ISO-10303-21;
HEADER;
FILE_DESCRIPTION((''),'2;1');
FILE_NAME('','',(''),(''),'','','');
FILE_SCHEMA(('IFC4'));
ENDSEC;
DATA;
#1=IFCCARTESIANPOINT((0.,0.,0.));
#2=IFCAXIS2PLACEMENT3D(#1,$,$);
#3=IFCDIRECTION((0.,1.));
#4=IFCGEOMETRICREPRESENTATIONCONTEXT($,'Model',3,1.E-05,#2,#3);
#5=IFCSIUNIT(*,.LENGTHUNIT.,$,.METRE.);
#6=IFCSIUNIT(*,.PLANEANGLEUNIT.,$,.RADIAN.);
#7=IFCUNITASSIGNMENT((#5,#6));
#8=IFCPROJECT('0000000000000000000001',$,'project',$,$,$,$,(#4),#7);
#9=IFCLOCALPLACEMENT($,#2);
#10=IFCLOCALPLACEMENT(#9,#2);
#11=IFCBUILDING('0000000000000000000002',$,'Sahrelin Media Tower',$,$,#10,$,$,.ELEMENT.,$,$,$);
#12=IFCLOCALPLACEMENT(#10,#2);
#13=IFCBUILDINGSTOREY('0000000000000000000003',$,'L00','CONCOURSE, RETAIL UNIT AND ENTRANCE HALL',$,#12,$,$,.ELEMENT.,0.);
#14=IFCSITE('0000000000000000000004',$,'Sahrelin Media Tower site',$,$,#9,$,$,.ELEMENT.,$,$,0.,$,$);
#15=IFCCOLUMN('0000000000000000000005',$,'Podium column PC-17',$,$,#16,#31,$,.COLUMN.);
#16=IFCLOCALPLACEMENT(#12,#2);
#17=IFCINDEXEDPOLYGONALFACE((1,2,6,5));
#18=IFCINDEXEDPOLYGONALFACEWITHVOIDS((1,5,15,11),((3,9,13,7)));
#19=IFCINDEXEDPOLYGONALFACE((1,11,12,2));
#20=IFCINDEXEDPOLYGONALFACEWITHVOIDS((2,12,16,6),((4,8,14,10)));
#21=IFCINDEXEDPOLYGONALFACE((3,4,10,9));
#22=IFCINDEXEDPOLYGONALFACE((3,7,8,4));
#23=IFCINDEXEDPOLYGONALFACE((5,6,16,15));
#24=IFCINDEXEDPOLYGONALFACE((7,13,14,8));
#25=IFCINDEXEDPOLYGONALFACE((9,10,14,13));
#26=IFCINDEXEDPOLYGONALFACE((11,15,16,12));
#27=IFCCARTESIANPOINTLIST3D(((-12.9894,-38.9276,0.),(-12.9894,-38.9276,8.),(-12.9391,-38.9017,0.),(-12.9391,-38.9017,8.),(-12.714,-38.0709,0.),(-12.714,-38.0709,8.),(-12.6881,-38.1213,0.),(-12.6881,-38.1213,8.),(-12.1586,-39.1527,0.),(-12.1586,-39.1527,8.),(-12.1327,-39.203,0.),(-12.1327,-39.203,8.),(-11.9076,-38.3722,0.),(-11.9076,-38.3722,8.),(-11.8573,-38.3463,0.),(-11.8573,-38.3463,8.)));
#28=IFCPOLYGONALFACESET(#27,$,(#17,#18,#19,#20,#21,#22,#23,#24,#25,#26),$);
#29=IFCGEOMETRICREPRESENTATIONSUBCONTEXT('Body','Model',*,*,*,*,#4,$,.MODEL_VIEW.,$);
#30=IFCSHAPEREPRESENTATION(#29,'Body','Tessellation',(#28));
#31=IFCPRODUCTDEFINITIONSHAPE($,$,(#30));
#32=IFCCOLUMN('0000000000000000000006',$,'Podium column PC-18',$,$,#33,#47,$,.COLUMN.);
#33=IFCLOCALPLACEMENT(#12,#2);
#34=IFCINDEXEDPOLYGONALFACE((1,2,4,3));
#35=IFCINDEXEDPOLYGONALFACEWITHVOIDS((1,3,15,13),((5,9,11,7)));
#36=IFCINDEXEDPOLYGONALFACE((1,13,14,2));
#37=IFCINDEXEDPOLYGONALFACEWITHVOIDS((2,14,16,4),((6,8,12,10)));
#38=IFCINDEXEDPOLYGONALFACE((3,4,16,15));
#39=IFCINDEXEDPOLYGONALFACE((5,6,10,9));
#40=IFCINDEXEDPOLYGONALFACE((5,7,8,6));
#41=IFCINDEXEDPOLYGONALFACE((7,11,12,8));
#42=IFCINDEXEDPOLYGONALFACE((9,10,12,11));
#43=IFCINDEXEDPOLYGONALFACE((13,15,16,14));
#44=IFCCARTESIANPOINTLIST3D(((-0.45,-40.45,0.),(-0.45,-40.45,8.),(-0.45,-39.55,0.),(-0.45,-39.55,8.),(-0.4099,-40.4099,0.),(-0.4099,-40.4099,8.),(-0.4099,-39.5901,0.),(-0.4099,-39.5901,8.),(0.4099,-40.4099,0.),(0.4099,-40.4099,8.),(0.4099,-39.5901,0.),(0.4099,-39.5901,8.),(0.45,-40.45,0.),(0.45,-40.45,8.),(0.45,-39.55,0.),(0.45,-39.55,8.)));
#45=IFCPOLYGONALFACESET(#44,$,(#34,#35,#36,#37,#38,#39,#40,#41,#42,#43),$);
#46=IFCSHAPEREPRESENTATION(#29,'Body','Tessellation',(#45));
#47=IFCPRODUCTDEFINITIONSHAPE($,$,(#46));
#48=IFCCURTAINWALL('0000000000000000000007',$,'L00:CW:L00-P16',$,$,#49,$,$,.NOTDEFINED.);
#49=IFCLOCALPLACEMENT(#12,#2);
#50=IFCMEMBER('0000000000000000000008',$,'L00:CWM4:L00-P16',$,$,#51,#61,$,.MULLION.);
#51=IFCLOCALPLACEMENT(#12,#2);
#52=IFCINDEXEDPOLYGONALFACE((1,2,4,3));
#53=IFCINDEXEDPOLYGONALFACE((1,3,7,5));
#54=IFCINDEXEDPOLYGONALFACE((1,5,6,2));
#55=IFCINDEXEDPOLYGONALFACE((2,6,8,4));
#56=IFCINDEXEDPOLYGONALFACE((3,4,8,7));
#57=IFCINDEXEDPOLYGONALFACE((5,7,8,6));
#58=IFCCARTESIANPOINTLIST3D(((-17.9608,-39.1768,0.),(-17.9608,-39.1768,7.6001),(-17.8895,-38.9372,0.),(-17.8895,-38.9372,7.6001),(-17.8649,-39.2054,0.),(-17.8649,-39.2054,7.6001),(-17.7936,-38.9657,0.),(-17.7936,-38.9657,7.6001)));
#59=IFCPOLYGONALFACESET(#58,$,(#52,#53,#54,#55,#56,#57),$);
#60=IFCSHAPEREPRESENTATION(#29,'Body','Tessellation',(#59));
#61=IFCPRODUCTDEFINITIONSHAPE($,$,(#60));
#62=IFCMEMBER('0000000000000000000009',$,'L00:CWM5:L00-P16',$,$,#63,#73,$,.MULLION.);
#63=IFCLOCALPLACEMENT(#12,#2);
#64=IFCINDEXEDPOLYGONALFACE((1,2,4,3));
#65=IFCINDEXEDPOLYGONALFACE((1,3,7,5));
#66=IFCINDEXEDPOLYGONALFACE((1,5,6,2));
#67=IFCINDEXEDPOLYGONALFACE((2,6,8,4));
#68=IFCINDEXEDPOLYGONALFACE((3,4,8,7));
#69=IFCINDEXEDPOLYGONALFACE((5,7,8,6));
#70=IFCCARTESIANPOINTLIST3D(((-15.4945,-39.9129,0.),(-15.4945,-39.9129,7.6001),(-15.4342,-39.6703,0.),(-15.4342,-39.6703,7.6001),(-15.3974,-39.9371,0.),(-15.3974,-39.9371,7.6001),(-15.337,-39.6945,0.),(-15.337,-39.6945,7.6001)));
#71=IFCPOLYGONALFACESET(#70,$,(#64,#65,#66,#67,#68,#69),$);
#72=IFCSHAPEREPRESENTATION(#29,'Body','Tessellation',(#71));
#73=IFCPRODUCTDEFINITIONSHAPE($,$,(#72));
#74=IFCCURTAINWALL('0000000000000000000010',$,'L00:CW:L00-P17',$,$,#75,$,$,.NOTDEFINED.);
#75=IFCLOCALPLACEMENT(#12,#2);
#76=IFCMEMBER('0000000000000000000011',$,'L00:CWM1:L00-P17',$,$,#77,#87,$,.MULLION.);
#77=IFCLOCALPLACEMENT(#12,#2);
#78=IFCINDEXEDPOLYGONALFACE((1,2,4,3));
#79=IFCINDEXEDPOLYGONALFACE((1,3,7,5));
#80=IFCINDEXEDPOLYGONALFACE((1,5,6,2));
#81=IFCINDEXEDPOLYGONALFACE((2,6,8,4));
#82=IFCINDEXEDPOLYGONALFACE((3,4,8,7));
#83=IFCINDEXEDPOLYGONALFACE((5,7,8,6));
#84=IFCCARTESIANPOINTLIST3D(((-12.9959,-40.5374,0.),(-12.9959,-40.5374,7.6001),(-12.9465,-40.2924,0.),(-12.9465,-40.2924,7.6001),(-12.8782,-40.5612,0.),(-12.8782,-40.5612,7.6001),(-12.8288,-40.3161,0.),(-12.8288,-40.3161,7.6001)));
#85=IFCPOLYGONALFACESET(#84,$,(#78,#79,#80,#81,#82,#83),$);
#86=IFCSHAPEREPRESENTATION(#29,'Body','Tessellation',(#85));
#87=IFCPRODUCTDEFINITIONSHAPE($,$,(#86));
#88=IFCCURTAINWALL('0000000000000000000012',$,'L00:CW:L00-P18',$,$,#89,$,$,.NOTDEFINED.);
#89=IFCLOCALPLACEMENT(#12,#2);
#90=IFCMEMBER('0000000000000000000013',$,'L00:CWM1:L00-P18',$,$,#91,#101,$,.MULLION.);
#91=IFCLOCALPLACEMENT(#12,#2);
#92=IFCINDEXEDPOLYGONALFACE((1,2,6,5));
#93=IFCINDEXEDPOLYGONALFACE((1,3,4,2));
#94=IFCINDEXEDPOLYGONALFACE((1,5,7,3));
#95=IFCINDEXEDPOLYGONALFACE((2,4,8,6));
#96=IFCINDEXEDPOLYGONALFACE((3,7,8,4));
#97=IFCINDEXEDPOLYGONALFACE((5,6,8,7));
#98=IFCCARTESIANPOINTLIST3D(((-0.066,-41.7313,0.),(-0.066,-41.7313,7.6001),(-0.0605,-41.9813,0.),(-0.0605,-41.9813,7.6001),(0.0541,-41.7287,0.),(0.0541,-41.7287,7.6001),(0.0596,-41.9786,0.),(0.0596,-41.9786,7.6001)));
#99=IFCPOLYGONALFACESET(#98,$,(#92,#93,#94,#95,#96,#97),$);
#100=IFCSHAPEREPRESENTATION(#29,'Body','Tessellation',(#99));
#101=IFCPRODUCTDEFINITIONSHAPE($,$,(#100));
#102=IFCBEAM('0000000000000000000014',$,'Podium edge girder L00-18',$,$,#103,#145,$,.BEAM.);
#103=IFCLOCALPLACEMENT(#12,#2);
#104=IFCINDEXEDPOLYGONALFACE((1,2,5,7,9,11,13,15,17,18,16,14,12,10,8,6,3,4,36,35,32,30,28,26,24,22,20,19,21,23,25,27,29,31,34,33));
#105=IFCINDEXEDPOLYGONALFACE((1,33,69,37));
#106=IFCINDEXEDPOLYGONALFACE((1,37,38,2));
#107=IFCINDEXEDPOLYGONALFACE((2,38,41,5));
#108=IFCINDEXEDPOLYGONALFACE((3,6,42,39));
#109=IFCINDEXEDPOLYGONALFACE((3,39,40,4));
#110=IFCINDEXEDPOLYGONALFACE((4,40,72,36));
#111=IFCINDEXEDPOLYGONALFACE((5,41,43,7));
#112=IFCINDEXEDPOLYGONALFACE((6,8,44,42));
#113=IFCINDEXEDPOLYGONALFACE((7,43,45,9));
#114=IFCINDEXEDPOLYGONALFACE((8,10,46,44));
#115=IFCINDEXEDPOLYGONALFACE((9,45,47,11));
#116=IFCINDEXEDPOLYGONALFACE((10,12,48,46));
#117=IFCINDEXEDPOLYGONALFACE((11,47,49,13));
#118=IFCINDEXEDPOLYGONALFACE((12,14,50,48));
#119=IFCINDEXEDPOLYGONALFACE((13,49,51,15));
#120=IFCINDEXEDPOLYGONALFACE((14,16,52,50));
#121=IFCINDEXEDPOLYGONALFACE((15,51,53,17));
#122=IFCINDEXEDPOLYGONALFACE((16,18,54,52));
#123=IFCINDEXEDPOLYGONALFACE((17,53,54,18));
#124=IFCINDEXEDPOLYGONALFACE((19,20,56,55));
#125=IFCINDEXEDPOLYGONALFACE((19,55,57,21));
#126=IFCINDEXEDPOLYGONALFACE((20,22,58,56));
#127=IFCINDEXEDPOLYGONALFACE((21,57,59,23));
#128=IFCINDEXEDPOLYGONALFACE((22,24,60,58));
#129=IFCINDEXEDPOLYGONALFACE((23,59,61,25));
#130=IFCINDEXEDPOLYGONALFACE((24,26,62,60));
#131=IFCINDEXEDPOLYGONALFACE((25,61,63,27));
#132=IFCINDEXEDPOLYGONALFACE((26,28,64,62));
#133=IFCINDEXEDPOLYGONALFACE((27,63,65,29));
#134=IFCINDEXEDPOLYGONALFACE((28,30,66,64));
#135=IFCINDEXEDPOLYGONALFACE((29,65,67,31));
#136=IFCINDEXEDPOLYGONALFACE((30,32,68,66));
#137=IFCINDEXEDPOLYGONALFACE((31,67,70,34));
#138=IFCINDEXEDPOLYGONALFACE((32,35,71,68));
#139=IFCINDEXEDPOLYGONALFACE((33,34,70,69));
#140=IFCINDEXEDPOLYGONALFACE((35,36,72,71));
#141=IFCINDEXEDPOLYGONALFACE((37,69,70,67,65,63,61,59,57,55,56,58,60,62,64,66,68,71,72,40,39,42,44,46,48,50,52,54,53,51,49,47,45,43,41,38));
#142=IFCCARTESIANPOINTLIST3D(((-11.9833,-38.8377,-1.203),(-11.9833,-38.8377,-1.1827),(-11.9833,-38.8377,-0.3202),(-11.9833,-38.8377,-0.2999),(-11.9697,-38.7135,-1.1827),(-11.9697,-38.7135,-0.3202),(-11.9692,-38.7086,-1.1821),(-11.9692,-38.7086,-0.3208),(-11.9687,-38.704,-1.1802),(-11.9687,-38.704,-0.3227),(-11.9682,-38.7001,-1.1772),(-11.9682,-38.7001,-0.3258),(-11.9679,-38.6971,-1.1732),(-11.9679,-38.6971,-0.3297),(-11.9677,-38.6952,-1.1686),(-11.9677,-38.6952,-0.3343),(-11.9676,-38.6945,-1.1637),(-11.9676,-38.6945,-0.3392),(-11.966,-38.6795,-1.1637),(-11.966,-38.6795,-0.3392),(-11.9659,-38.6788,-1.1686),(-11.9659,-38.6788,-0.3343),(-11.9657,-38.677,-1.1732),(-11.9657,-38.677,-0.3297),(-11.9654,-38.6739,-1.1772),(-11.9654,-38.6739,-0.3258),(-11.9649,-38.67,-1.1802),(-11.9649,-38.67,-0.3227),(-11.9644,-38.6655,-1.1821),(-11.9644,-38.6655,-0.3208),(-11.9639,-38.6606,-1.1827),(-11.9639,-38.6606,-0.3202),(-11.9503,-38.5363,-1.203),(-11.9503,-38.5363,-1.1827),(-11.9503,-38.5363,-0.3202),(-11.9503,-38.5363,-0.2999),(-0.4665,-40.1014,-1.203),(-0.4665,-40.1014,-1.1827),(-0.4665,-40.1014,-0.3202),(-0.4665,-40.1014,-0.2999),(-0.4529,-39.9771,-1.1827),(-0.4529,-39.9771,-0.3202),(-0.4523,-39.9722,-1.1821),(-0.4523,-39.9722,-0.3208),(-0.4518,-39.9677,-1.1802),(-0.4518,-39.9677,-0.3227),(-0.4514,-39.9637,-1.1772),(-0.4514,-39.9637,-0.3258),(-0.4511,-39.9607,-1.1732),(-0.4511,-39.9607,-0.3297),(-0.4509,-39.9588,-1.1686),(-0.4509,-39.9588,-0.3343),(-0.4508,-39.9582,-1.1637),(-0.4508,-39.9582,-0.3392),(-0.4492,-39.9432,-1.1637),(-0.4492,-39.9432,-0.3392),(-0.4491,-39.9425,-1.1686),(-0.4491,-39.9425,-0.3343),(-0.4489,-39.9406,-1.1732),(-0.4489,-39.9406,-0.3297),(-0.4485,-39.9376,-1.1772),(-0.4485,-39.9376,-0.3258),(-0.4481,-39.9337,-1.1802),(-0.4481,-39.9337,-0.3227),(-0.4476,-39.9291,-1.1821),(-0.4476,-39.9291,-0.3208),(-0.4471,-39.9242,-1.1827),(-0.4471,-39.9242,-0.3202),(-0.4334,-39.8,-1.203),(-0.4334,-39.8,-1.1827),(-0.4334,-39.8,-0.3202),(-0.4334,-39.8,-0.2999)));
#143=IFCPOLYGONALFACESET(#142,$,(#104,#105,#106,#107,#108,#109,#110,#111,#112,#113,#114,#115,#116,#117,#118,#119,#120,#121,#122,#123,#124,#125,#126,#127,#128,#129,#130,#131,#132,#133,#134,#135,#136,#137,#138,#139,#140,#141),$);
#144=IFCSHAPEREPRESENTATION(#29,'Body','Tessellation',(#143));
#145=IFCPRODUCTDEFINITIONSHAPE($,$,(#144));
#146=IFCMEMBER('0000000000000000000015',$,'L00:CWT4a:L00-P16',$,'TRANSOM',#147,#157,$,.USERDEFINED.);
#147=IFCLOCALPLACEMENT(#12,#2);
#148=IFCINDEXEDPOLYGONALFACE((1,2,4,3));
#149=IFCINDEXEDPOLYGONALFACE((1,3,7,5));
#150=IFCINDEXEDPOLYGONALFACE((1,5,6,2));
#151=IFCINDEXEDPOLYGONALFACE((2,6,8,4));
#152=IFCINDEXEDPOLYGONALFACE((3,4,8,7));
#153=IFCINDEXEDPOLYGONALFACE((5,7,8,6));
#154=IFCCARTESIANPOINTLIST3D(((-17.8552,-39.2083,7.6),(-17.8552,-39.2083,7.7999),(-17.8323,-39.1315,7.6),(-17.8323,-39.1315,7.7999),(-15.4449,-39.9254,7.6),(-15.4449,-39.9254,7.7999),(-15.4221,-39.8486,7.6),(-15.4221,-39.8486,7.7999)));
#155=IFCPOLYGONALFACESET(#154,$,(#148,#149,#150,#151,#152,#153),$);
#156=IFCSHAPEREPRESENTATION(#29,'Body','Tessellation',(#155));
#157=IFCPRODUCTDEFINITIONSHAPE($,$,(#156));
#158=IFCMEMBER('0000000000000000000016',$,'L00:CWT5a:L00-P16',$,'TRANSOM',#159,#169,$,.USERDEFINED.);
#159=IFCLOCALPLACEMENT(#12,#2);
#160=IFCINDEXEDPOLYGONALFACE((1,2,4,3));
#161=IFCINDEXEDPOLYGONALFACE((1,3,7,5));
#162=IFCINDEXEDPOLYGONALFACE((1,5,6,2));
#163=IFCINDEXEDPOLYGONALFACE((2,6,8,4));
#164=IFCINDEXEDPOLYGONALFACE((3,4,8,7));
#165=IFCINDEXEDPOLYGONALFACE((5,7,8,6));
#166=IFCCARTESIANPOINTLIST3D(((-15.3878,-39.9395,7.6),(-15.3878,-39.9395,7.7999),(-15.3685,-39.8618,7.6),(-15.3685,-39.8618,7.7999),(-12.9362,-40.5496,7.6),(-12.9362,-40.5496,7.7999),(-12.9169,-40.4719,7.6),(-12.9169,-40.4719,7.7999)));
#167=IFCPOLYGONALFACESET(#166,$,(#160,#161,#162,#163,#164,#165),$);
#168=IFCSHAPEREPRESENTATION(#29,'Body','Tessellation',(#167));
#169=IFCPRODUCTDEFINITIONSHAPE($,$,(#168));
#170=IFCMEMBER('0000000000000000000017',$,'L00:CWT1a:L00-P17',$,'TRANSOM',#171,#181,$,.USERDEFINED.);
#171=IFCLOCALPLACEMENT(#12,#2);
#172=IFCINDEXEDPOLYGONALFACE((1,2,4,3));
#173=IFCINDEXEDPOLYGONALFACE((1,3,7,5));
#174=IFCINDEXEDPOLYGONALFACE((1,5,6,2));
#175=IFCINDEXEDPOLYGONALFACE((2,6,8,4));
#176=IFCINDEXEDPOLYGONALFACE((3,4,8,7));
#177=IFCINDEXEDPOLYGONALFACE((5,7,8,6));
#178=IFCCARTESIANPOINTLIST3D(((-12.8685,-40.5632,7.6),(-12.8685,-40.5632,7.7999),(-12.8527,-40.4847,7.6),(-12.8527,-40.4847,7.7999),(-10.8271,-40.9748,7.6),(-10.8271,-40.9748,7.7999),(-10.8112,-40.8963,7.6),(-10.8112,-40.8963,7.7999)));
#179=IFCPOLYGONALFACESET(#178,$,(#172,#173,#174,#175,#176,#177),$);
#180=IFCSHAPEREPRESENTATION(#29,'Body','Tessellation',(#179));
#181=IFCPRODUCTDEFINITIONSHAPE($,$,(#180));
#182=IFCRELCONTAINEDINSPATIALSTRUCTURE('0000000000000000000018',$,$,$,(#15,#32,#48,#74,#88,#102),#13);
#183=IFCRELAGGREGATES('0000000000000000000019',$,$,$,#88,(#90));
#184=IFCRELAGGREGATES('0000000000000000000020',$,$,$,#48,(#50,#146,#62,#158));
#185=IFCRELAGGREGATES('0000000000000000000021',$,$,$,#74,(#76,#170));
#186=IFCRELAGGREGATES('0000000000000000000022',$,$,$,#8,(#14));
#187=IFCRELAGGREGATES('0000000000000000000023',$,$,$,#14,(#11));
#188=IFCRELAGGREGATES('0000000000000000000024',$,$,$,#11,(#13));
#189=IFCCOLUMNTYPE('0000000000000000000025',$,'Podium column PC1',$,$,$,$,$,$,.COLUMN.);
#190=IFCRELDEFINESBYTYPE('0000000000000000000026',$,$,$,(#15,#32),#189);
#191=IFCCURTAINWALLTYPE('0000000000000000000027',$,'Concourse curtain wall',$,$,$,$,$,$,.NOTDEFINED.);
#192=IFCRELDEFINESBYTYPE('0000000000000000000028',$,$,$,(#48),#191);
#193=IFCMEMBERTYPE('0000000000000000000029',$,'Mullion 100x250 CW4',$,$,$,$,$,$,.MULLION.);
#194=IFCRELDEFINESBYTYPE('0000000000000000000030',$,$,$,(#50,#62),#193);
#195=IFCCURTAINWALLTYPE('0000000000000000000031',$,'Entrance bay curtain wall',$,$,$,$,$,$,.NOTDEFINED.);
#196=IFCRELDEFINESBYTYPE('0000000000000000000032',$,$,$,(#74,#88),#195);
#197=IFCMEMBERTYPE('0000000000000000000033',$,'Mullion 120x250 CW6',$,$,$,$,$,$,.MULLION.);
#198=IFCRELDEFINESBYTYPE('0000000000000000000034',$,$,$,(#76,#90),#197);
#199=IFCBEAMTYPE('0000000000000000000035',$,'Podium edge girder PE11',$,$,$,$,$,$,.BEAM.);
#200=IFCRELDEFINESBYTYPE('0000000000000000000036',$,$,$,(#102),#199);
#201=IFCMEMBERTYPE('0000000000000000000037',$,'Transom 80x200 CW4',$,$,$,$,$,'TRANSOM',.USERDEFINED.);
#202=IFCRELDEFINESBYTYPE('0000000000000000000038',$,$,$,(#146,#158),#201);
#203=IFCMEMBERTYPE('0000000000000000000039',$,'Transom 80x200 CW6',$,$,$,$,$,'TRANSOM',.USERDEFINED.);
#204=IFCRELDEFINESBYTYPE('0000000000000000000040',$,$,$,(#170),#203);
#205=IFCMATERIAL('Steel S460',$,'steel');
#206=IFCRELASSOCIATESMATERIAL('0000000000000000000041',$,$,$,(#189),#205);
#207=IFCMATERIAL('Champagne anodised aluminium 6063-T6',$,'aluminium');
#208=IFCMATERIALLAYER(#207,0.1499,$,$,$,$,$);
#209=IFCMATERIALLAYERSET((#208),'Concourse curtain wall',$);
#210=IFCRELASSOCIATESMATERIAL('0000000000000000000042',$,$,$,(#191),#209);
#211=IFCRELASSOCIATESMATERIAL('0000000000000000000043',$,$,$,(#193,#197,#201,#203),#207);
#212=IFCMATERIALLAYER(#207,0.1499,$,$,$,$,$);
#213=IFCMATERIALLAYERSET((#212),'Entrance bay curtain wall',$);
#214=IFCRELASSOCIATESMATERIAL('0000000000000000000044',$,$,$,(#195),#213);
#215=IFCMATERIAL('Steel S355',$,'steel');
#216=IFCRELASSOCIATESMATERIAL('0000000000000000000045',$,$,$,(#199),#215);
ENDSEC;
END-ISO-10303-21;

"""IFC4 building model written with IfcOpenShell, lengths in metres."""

from ifc_helpers import new_model, si_unit, direction, frame, origin, origin_2d, place, context, subcontext, project, spatial, rectangle, hollow_rectangle, i_section, extrude, material, layer, layer_set, material_profile, profile_set, type_object, element, aggregate, save


model = new_model("IFC4")

# Units and contexts
model_context = context("Model", 3, precision=1e-05, world=origin(), true_north=direction((0.0, 1.0)))
body_context = subcontext(model_context, "Body", "Model", "MODEL_VIEW")
ifc_project = project(units=[si_unit("LENGTHUNIT", "METRE"), si_unit("PLANEANGLEUNIT", "RADIAN")], contexts=[model_context])

# Site, building, storey
site_placement = place(None, origin())
site = spatial("IfcSite", under=ifc_project, at=site_placement, Name="Sahrelin Media Tower site", CompositionType="ELEMENT", RefElevation=0.0)
building_placement = place(site_placement, origin())
building = spatial("IfcBuilding", under=site, at=building_placement, Name="Sahrelin Media Tower", CompositionType="ELEMENT")
storey_placement = place(building_placement, origin())
storey = spatial("IfcBuildingStorey", under=building, at=storey_placement, Name="L00", Description="CONCOURSE, RETAIL UNIT AND ENTRANCE HALL", CompositionType="ELEMENT", Elevation=0.0)

# Columns
ifc_material_1 = material(Name="Steel S460", Category="steel")
ifc_material_profile_1 = material_profile(ifc_material_1, hollow_rectangle(XDim=0.8999, YDim=0.8999, WallThickness=0.04, at=origin_2d()), Name="Podium column PC1")
ifc_profile_set_1 = profile_set([ifc_material_profile_1], Name="Steel S460")
column_type = type_object("IfcColumnType", Name="Podium column PC1", PredefinedType="COLUMN", material=ifc_profile_set_1)
for number, where, z_axis, x_axis, name in (
    (1, (-12.4233, -38.637, 0.0), (0.0, 0.0, 1.0), (-0.306104, -0.951998, 0.0), "Podium column PC-17"),
    (2, (0.0, -40.0, 0.0), (0.0, 0.0, 1.0), (0.0, -1.0, 0.0), "Podium column PC-18"),
):
    element("IfcColumn", number, at=place(storey_placement, frame(where, z_axis=z_axis, x_axis=x_axis)), inside=storey, type_object=column_type, Name=name, PredefinedType="COLUMN", context=body_context, shape_type="SweptSolid", body=[
        extrude(hollow_rectangle(XDim=0.8999, YDim=0.8999, WallThickness=0.04, at=origin_2d()), origin(), (0.0, 0.0, 1.0), 8.0),
    ])

# Curtain wall, members
ifc_material_2 = material(Name="Champagne anodised aluminium 6063-T6", Category="aluminium")
ifc_layer_1 = layer(ifc_material_2, 0.1499)
ifc_layer_set_1 = layer_set([ifc_layer_1], Name="Concourse curtain wall")
curtain_wall_type_1 = type_object("IfcCurtainWallType", Name="Concourse curtain wall", PredefinedType="NOTDEFINED", material=ifc_layer_set_1)
curtain_wall_1_placement = place(storey_placement, frame((-25.0, -36.373, 0.0), z_axis=(0.0, 0.0, 1.0), x_axis=(1.0, 0.0, 0.0)))
curtain_wall_1 = element("IfcCurtainWall", 3, at=curtain_wall_1_placement, inside=storey, type_object=curtain_wall_type_1, Name="L00:CW:L00-P16", PredefinedType="NOTDEFINED")
ifc_material_profile_2 = material_profile(ifc_material_2, rectangle(XDim=0.1001, YDim=0.25, at=origin_2d()), Name="Mullion 100x250")
ifc_profile_set_2 = profile_set([ifc_material_profile_2], Name="Champagne anodised aluminium 6063-T6")
member_type_1 = type_object("IfcMemberType", Name="Mullion 100x250 CW4", PredefinedType="MULLION", material=ifc_profile_set_2)
member_1_placement = place(storey_placement, frame((-17.8772, -39.0713, 0.0), z_axis=(0.0, 0.0, 1.0), x_axis=(0.958495, -0.28511, 0.0)))
member_1 = element("IfcMember", 4, at=member_1_placement, type_object=member_type_1, Name="L00:CWM4:L00-P16", PredefinedType="MULLION", context=body_context, shape_type="SweptSolid", body=[
    extrude(rectangle(XDim=0.1001, YDim=0.25, at=origin_2d()), origin(), (0.0, 0.0, 1.0), 7.6001),
])
member_2_placement = place(storey_placement, frame((-15.4158, -39.8037, 0.0), z_axis=(0.0, 0.0, 1.0), x_axis=(0.97041, -0.241461, 0.0)))
member_2 = element("IfcMember", 5, at=member_2_placement, type_object=member_type_1, Name="L00:CWM5:L00-P16", PredefinedType="MULLION", context=body_context, shape_type="SweptSolid", body=[
    extrude(rectangle(XDim=0.1001, YDim=0.25, at=origin_2d()), origin(), (0.0, 0.0, 1.0), 7.6001),
])

# Curtain walls, members
ifc_layer_2 = layer(ifc_material_2, 0.1499)
ifc_layer_set_2 = layer_set([ifc_layer_2], Name="Entrance bay curtain wall")
curtain_wall_type_2 = type_object("IfcCurtainWallType", Name="Entrance bay curtain wall", PredefinedType="NOTDEFINED", material=ifc_layer_set_2)
curtain_wall_2_placement = place(storey_placement, frame((-12.9409, -40.5688, 0.0), z_axis=(0.0, 0.0, 1.0), x_axis=(1.0, 0.0, 0.0)))
curtain_wall_2 = element("IfcCurtainWall", 6, at=curtain_wall_2_placement, inside=storey, type_object=curtain_wall_type_2, Name="L00:CW:L00-P17", PredefinedType="NOTDEFINED")
ifc_material_profile_3 = material_profile(ifc_material_2, rectangle(XDim=0.1201, YDim=0.25, at=origin_2d()), Name="Mullion 120x250")
ifc_profile_set_3 = profile_set([ifc_material_profile_3], Name="Champagne anodised aluminium 6063-T6")
member_type_2 = type_object("IfcMemberType", Name="Mullion 120x250 CW6", PredefinedType="MULLION", material=ifc_profile_set_3)
member_3_placement = place(storey_placement, frame((-12.9124, -40.4268, 0.0), z_axis=(0.0, 0.0, 1.0), x_axis=(0.980267, -0.197678, 0.0)))
member_3 = element("IfcMember", 7, at=member_3_placement, type_object=member_type_2, Name="L00:CWM1:L00-P17", PredefinedType="MULLION", context=body_context, shape_type="SweptSolid", body=[
    extrude(rectangle(XDim=0.1201, YDim=0.25, at=origin_2d()), origin(), (0.0, 0.0, 1.0), 7.6001),
])
curtain_wall_3_placement = place(storey_placement, frame((0.0, -42.0, 0.0), z_axis=(0.0, 0.0, 1.0), x_axis=(1.0, 0.0, 0.0)))
curtain_wall_3 = element("IfcCurtainWall", 8, at=curtain_wall_3_placement, inside=storey, type_object=curtain_wall_type_2, Name="L00:CW:L00-P18", PredefinedType="NOTDEFINED")
member_4_placement = place(storey_placement, frame((-0.0032, -41.855, 0.0), z_axis=(0.0, 0.0, 1.0), x_axis=(0.999758, 0.022007, 0.0)))
member_4 = element("IfcMember", 9, at=member_4_placement, type_object=member_type_2, Name="L00:CWM1:L00-P18", PredefinedType="MULLION", context=body_context, shape_type="SweptSolid", body=[
    extrude(rectangle(XDim=0.1201, YDim=0.25, at=origin_2d()), origin(), (0.0, 0.0, 1.0), 7.6001),
])
aggregate(curtain_wall_3, [member_4])

# Beam
ifc_material_3 = material(Name="Steel S355", Category="steel")
ifc_material_profile_4 = material_profile(ifc_material_3, i_section(OverallWidth=0.3032, OverallDepth=0.9031, WebThickness=0.0151, FlangeThickness=0.0203, FilletRadius=0.019, at=origin_2d()), Name="UB 914x305x201")
ifc_profile_set_4 = profile_set([ifc_material_profile_4], Name="Steel S355")
beam_type = type_object("IfcBeamType", Name="Podium edge girder PE11", PredefinedType="BEAM", material=ifc_profile_set_4)
beam_placement = place(storey_placement, frame((-11.9668, -38.687, -0.7515), z_axis=(0.994034, -0.109069, 0.0), x_axis=(0.109069, 0.994034, 0.0)))
element("IfcBeam", 10, at=beam_placement, inside=storey, type_object=beam_type, Name="Podium edge girder L00-18", PredefinedType="BEAM", context=body_context, shape_type="SweptSolid", body=[
    extrude(i_section(OverallWidth=0.3032, OverallDepth=0.9031, WebThickness=0.0151, FlangeThickness=0.0203, FilletRadius=0.019, at=origin_2d()), origin(), (0.0, 0.0, 1.0), 11.5859),
])

# Members
ifc_material_profile_5 = material_profile(ifc_material_2, rectangle(XDim=0.0801, YDim=0.2, at=origin_2d()), Name="Transom 80x200")
ifc_profile_set_5 = profile_set([ifc_material_profile_5], Name="Champagne anodised aluminium 6063-T6")
member_type_3 = type_object("IfcMemberType", Name="Transom 80x200 CW4", ElementType="TRANSOM", PredefinedType="USERDEFINED", material=ifc_profile_set_5)
member_5_placement = place(storey_placement, frame((-17.8438, -39.1699, 7.7), z_axis=(0.958481, -0.285156, 0.0), x_axis=(0.285156, 0.958481, 0.0)))
member_5 = element("IfcMember", 11, at=member_5_placement, type_object=member_type_3, Name="L00:CWT4a:L00-P16", ObjectType="TRANSOM", PredefinedType="USERDEFINED", context=body_context, shape_type="SweptSolid", body=[
    extrude(rectangle(XDim=0.0801, YDim=0.2, at=origin_2d()), origin(), (0.0, 0.0, 1.0), 2.5146),
])
member_6_placement = place(storey_placement, frame((-15.3782, -39.9006, 7.7), z_axis=(0.970403, -0.24149, 0.0), x_axis=(0.24149, 0.970403, 0.0)))
member_6 = element("IfcMember", 12, at=member_6_placement, type_object=member_type_3, Name="L00:CWT5a:L00-P16", ObjectType="TRANSOM", PredefinedType="USERDEFINED", context=body_context, shape_type="SweptSolid", body=[
    extrude(rectangle(XDim=0.0801, YDim=0.2, at=origin_2d()), origin(), (0.0, 0.0, 1.0), 2.5264),
])
ifc_material_profile_6 = material_profile(ifc_material_2, rectangle(XDim=0.0801, YDim=0.2, at=origin_2d()), Name="Transom 80x200")
ifc_profile_set_6 = profile_set([ifc_material_profile_6], Name="Champagne anodised aluminium 6063-T6")
member_type_4 = type_object("IfcMemberType", Name="Transom 80x200 CW6", ElementType="TRANSOM", PredefinedType="USERDEFINED", material=ifc_profile_set_6)
member_7_placement = place(storey_placement, frame((-12.8606, -40.5239, 7.7), z_axis=(0.980273, -0.197649, 0.0), x_axis=(0.197649, 0.980273, 0.0)))
member_7 = element("IfcMember", 13, at=member_7_placement, type_object=member_type_4, Name="L00:CWT1a:L00-P17", ObjectType="TRANSOM", PredefinedType="USERDEFINED", context=body_context, shape_type="SweptSolid", body=[
    extrude(rectangle(XDim=0.0801, YDim=0.2, at=origin_2d()), origin(), (0.0, 0.0, 1.0), 2.0825),
])

aggregate(curtain_wall_1, [member_1, member_5, member_2, member_6])
aggregate(curtain_wall_2, [member_3, member_7])

save(model, "model.ifc")
